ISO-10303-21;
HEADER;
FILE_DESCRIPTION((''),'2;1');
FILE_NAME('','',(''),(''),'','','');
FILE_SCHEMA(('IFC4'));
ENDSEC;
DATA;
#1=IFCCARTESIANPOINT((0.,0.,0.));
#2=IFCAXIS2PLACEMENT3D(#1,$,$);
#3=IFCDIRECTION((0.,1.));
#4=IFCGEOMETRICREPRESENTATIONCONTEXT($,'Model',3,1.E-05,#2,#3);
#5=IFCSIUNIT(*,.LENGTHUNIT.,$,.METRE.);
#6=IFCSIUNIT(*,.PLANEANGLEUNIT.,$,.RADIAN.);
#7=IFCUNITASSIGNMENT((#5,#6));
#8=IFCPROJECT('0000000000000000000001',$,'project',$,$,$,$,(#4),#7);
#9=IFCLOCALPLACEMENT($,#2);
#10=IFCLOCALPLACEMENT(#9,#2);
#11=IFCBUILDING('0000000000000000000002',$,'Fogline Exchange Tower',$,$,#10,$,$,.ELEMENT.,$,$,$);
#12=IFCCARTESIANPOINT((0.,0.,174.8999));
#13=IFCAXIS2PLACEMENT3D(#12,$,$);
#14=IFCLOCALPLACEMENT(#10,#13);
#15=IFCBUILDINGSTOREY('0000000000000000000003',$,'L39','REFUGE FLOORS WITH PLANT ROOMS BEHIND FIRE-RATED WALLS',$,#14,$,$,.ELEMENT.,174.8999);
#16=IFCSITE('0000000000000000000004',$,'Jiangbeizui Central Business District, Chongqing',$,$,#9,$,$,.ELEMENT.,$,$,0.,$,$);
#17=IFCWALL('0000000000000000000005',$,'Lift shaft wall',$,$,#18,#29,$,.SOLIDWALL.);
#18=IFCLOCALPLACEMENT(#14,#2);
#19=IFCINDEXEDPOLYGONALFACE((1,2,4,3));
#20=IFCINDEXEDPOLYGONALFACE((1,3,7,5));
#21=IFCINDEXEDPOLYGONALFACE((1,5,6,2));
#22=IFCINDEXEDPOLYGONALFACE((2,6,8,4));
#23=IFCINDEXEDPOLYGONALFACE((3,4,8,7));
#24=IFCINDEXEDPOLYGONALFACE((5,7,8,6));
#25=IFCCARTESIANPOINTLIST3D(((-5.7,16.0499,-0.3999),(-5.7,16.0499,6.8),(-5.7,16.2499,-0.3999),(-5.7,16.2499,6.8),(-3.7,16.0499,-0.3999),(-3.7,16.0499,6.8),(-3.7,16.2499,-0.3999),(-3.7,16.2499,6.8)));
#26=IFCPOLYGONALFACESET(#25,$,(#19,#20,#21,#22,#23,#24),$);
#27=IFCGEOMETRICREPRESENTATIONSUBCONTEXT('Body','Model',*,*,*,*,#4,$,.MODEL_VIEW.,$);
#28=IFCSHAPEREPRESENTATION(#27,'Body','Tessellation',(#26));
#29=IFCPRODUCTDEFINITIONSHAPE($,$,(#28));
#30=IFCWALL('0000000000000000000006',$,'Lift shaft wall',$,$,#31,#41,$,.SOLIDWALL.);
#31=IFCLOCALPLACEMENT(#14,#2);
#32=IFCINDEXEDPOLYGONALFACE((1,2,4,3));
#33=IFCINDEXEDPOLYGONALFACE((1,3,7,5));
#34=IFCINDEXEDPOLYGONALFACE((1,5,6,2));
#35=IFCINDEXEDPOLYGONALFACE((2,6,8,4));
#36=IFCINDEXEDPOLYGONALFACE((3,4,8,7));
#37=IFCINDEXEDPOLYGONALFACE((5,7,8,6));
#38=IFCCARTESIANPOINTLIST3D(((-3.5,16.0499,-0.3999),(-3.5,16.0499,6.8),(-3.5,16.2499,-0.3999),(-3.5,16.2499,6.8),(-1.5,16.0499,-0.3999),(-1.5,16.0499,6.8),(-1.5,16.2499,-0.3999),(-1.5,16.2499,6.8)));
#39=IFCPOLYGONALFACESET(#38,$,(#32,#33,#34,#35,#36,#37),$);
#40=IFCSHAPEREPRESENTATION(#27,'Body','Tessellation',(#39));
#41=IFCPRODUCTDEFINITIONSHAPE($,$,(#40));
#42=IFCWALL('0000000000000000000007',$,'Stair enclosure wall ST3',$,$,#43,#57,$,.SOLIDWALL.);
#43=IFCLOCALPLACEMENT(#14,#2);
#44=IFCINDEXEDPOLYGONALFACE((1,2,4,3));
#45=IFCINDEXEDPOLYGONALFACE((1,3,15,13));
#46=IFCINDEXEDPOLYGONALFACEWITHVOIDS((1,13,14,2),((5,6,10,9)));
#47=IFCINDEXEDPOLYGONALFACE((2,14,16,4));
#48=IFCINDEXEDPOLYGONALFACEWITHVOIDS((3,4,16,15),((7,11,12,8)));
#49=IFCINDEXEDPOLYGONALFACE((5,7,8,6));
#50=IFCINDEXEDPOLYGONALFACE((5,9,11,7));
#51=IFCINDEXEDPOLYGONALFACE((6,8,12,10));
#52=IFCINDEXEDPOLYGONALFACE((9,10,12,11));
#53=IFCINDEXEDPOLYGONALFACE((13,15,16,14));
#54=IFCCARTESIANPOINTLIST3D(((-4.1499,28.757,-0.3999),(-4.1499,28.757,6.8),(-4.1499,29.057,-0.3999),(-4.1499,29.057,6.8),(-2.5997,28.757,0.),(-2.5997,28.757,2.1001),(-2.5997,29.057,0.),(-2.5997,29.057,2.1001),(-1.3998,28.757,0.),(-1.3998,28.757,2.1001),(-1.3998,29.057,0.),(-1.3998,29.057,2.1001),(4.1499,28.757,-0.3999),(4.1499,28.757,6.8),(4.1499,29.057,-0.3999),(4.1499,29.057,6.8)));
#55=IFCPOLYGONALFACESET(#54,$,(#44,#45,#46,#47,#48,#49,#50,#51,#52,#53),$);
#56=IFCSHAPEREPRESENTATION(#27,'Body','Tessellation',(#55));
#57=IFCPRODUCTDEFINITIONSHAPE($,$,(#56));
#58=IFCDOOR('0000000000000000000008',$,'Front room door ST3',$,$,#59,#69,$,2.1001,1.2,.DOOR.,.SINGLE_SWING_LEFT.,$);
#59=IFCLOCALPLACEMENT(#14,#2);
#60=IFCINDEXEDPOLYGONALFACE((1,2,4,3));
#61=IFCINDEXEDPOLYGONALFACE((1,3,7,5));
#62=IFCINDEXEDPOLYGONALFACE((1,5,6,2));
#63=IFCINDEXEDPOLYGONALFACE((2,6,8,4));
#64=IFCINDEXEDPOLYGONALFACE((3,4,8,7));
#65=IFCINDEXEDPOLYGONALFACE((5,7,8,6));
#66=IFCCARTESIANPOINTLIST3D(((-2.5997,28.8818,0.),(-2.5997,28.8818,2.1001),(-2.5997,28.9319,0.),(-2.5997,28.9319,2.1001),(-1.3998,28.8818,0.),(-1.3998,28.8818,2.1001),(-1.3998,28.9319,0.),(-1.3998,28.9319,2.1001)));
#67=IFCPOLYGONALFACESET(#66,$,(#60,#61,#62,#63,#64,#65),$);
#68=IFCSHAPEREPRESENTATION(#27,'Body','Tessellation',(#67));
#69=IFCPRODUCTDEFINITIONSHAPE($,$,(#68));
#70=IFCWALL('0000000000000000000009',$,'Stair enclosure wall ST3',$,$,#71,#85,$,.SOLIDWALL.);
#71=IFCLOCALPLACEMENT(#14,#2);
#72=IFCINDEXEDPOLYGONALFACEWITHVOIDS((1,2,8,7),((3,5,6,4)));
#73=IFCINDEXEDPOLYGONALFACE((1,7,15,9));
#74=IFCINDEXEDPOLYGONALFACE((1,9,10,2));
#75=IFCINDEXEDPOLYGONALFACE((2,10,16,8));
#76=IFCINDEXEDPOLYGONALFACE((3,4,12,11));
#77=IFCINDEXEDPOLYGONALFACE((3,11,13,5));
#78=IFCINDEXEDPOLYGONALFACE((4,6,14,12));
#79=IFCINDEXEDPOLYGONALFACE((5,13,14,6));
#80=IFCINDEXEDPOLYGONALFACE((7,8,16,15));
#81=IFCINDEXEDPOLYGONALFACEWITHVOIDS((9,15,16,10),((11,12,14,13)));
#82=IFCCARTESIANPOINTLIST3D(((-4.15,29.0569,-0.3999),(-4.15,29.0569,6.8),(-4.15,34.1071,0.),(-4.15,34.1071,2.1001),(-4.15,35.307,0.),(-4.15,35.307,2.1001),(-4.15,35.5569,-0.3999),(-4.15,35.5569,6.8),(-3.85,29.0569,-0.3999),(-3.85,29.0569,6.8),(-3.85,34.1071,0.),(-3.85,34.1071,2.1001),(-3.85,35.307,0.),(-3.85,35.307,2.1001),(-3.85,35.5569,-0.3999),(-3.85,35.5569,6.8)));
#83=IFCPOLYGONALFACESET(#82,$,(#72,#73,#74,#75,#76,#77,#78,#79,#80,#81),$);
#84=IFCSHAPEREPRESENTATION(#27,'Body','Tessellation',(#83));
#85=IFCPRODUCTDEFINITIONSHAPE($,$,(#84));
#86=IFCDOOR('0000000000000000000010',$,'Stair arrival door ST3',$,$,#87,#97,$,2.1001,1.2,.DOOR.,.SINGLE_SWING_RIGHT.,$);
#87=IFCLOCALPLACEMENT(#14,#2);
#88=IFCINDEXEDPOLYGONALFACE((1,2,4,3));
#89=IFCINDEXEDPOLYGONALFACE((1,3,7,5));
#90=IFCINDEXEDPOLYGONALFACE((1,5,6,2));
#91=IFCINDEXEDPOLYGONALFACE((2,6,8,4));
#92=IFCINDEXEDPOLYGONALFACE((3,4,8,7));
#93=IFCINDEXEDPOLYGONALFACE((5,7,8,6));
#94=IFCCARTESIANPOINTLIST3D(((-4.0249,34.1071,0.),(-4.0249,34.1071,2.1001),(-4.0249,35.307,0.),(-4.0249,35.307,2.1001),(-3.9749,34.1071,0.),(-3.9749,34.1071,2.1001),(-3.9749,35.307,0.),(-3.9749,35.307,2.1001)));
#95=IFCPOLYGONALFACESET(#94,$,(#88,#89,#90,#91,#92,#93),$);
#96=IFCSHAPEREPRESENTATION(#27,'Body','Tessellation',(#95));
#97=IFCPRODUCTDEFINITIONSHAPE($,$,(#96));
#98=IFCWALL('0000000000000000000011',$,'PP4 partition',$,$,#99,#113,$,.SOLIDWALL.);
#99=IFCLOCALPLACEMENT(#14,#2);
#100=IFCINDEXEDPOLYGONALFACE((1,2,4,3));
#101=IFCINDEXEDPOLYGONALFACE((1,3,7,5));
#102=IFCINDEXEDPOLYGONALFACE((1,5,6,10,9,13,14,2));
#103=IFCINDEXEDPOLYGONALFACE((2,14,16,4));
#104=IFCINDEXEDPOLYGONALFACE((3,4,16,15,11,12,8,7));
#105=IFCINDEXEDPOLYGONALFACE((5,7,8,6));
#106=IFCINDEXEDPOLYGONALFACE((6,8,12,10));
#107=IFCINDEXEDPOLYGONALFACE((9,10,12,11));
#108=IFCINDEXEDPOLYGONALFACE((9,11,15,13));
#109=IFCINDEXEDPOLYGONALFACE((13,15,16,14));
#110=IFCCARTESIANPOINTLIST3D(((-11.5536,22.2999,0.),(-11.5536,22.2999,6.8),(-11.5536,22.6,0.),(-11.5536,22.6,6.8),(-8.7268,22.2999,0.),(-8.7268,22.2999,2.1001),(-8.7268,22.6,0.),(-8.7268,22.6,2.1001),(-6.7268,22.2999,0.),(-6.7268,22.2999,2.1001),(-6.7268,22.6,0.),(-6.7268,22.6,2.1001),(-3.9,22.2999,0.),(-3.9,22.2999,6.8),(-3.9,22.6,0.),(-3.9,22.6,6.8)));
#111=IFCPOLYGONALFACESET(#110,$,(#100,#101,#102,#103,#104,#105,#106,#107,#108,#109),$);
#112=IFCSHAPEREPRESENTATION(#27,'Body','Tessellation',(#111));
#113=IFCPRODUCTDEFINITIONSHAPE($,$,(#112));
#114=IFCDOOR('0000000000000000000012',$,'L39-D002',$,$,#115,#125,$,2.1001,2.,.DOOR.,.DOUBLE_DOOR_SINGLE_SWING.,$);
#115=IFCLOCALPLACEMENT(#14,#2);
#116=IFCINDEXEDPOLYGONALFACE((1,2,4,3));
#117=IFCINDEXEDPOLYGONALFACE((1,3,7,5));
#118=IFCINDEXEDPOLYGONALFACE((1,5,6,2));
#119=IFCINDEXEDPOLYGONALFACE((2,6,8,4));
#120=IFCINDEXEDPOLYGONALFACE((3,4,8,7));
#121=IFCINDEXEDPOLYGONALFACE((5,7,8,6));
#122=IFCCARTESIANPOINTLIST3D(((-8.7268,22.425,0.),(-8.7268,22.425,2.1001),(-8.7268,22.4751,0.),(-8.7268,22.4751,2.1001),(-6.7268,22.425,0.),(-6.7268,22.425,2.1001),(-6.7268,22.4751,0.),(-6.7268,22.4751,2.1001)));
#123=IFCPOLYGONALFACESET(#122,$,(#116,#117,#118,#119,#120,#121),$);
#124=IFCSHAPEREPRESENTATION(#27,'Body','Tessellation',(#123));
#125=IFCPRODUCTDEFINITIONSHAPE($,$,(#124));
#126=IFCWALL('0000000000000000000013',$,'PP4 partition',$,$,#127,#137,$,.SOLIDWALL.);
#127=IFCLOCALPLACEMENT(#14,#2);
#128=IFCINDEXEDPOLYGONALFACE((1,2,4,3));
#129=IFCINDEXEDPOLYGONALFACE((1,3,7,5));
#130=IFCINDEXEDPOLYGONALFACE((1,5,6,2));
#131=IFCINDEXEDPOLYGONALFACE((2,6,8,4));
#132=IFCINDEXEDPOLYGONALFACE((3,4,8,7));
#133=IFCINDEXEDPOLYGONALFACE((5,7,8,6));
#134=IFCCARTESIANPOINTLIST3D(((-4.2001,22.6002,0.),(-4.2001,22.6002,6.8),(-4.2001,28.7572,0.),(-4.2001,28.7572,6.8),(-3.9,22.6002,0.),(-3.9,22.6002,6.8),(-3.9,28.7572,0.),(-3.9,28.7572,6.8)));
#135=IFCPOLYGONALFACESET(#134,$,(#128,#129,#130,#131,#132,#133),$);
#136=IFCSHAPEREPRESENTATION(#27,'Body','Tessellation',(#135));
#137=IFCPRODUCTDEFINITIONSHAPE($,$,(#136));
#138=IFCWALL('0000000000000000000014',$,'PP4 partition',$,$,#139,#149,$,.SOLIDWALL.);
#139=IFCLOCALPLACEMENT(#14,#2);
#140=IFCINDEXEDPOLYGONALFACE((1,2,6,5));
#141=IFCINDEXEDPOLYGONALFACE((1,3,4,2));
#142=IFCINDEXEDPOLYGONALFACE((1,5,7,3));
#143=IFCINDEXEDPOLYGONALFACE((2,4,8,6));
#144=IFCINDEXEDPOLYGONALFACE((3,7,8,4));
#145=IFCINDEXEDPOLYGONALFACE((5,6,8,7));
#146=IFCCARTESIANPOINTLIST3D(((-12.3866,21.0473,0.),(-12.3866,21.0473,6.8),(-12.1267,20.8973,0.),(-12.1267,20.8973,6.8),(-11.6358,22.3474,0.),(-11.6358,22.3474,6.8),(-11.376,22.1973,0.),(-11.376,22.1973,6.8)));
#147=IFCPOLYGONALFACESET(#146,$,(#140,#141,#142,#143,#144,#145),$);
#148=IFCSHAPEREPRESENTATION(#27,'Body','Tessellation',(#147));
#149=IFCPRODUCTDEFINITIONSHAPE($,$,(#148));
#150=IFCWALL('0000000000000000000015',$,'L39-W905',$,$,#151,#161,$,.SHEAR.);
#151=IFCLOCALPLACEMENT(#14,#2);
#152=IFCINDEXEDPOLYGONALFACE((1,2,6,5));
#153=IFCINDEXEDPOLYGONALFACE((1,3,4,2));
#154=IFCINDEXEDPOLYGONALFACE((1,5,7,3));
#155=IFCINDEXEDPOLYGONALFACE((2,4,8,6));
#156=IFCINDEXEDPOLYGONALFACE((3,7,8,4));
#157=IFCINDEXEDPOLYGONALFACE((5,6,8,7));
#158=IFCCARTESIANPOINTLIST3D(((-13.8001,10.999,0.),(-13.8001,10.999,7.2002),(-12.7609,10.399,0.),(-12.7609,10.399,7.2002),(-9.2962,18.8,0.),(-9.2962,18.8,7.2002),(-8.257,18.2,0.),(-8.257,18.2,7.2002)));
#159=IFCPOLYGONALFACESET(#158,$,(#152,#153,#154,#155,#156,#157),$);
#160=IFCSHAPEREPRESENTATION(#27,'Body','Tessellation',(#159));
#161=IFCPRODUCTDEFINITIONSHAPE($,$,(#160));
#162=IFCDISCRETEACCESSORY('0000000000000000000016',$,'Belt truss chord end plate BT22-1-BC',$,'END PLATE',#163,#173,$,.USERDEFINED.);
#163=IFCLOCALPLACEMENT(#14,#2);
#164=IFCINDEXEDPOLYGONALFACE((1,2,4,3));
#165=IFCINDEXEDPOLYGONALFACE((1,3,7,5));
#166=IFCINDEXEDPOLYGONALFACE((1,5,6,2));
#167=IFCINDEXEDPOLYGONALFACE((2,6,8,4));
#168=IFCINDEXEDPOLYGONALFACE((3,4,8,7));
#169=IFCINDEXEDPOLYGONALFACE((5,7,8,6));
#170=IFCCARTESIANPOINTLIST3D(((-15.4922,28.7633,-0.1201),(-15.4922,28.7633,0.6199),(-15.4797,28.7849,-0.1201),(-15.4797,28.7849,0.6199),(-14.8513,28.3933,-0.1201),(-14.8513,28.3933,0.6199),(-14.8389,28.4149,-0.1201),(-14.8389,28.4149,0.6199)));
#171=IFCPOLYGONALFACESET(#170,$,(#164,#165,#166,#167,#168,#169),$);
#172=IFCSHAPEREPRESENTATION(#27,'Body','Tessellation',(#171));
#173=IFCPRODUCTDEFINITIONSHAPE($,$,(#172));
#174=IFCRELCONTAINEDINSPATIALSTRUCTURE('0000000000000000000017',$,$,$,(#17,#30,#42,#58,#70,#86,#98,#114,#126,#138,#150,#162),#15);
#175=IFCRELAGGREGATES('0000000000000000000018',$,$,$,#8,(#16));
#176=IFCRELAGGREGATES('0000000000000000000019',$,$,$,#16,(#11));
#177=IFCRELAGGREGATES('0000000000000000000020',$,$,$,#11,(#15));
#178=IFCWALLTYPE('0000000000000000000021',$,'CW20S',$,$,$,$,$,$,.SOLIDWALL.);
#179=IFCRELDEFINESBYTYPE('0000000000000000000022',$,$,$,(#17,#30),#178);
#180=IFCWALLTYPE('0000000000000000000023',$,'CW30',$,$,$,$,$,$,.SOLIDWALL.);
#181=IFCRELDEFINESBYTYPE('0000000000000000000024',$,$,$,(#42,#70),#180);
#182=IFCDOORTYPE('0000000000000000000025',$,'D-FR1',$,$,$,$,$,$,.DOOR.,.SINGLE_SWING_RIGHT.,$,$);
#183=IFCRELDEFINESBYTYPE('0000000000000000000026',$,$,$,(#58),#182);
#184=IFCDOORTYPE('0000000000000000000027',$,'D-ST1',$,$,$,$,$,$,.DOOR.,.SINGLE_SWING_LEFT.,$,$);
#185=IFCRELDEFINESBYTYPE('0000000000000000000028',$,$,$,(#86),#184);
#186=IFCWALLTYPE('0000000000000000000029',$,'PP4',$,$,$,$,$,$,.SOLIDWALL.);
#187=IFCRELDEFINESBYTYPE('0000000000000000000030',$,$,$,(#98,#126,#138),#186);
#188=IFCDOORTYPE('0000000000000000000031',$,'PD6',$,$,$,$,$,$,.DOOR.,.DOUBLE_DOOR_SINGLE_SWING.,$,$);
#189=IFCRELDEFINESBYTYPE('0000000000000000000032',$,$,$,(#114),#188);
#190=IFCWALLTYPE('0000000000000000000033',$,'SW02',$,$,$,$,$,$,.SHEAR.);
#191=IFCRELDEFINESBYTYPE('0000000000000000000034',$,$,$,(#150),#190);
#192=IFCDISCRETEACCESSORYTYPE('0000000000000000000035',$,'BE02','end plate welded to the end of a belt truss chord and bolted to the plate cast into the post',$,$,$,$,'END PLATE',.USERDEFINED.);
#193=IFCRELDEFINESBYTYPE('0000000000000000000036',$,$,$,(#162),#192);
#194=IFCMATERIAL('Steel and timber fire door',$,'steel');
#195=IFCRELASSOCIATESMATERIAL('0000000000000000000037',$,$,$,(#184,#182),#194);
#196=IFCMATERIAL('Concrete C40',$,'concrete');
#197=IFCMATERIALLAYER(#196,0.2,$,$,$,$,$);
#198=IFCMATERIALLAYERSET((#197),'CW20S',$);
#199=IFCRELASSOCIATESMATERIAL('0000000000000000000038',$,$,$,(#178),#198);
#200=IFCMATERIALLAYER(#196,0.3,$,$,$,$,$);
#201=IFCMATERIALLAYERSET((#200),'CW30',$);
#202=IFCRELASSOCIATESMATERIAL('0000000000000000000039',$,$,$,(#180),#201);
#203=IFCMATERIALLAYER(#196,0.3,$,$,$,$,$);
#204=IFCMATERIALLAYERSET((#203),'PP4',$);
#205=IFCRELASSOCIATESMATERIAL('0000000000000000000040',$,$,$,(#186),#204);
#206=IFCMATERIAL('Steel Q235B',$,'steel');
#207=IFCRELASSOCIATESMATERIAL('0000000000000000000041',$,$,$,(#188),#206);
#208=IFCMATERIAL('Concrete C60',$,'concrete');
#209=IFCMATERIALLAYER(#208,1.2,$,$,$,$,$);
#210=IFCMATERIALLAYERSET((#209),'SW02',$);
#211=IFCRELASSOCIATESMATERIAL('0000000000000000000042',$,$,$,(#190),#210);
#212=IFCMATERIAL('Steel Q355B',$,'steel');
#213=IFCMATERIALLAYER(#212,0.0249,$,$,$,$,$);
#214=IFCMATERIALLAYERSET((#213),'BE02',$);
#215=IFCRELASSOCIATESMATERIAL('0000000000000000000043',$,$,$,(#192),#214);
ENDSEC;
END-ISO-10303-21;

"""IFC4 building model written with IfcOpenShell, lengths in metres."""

from ifc_helpers import new_model, si_unit, direction, frame, frame_2d, origin, origin_2d, place, context, subcontext, project, spatial, rectangle, extrude, material, layer, layer_set, type_object, element, fill, save


model = new_model("IFC4")

# Units and contexts
model_context = context("Model", 3, precision=1e-05, world=origin(), true_north=direction((0.0, 1.0)))
body_context = subcontext(model_context, "Body", "Model", "MODEL_VIEW")
ifc_project = project(units=[si_unit("LENGTHUNIT", "METRE"), si_unit("PLANEANGLEUNIT", "RADIAN")], contexts=[model_context])

# Site, building, storey
site_placement = place(None, origin())
site = spatial("IfcSite", under=ifc_project, at=site_placement, Name="Jiangbeizui Central Business District, Chongqing", CompositionType="ELEMENT", RefElevation=0.0)
building_placement = place(site_placement, origin())
building = spatial("IfcBuilding", under=site, at=building_placement, Name="Fogline Exchange Tower", CompositionType="ELEMENT")
storey_placement = place(building_placement, frame((0.0, 0.0, 174.8999)))
storey = spatial("IfcBuildingStorey", under=building, at=storey_placement, Name="L39", Description="REFUGE FLOORS WITH PLANT ROOMS BEHIND FIRE-RATED WALLS", CompositionType="ELEMENT", Elevation=174.8999)

# Shared definitions
ifc_material_1 = material(Name="Concrete C60", Category="concrete")

# Shared definitions
ifc_material_2 = material(Name="Concrete C40", Category="concrete")

# Shared definitions
ifc_material_3 = material(Name="Steel Q355B", Category="steel")

# Shared definitions
ifc_material_4 = material(Name="Steel and timber fire door", Category="steel")
door_type_1 = type_object("IfcDoorType", Name="D-ST1", OperationType="SINGLE_SWING_LEFT", PredefinedType="DOOR", material=ifc_material_4)

# Walls
ifc_layer_1 = layer(ifc_material_2, 0.2)
ifc_layer_set_1 = layer_set([ifc_layer_1], Name="CW20S")
wall_type_1 = type_object("IfcWallType", Name="CW20S", PredefinedType="SOLIDWALL", material=ifc_layer_set_1)
for number, where, z_axis, x_axis, name in (
    (1, (-5.7, 16.1499, -0.3999), (0.0, 0.0, 1.0), (1.0, 0.0, 0.0), "Lift shaft wall"),
    (2, (-3.5, 16.1499, -0.3999), (0.0, 0.0, 1.0), (1.0, 0.0, 0.0), "Lift shaft wall"),
):
    element("IfcWall", number, at=place(storey_placement, frame(where, z_axis=z_axis, x_axis=x_axis)), inside=storey, type_object=wall_type_1, Name=name, PredefinedType="SOLIDWALL", context=body_context, shape_type="SweptSolid", body=[
        extrude(rectangle(XDim=2.0, YDim=0.2, at=frame_2d((1.0, 0.0))), origin(), (0.0, 0.0, 1.0), 7.2),
    ])

# Walls, openings, doors
ifc_layer_2 = layer(ifc_material_2, 0.3)
ifc_layer_set_2 = layer_set([ifc_layer_2], Name="CW30")
wall_type_2 = type_object("IfcWallType", Name="CW30", PredefinedType="SOLIDWALL", material=ifc_layer_set_2)
wall_1_placement = place(storey_placement, frame((-4.1499, 28.907, -0.3999), z_axis=(0.0, 0.0, 1.0), x_axis=(1.0, 0.0, 0.0)))
wall_1 = element("IfcWall", 3, at=wall_1_placement, inside=storey, type_object=wall_type_2, Name="Stair enclosure wall ST3", PredefinedType="SOLIDWALL", context=body_context, shape_type="SweptSolid", body=[
    extrude(rectangle(XDim=8.2998, YDim=0.3, at=frame_2d((4.1499, 0.0))), origin(), (0.0, 0.0, 1.0), 7.2),
])
opening_1_placement = place(wall_1_placement, frame((1.55, 0.0, 0.3999)))
opening_1 = element("IfcOpeningElement", 4, at=opening_1_placement, cuts=wall_1, PredefinedType="OPENING", context=body_context, shape_type="SweptSolid", body=[
    extrude(rectangle(XDim=1.2, YDim=2.1001, at=frame_2d((0.6001, 1.05))), frame((0.0, 0.1602, 0.0), z_axis=(0.0, -1.0, 0.0), x_axis=(1.0, 0.0, 0.0)), (0.0, 0.0, 1.0), 0.3201),
])
door_type_2 = type_object("IfcDoorType", Name="D-FR1", OperationType="SINGLE_SWING_RIGHT", PredefinedType="DOOR", material=ifc_material_4)
door_1_placement = place(opening_1_placement, origin())
door_1 = element("IfcDoor", 5, at=door_1_placement, inside=storey, type_object=door_type_2, Name="Front room door ST3", OperationType="SINGLE_SWING_LEFT", OverallHeight=2.1001, OverallWidth=1.2, PredefinedType="DOOR", context=body_context, shape_type="SweptSolid", body=[
    extrude(rectangle(XDim=1.2, YDim=2.1001, at=frame_2d((0.6001, 1.05))), frame((0.0, 0.0249, 0.0), z_axis=(0.0, -1.0, 0.0), x_axis=(1.0, 0.0, 0.0)), (0.0, 0.0, 1.0), 0.05),
])
fill(opening_1, door_1)
wall_2_placement = place(storey_placement, frame((-4.0, 29.0569, -0.3999), z_axis=(0.0, 0.0, 1.0), x_axis=(0.0, 1.0, 0.0)))
wall_2 = element("IfcWall", 6, at=wall_2_placement, inside=storey, type_object=wall_type_2, Name="Stair enclosure wall ST3", PredefinedType="SOLIDWALL", context=body_context, shape_type="SweptSolid", body=[
    extrude(rectangle(XDim=6.5, YDim=0.3, at=frame_2d((3.25, 0.0))), origin(), (0.0, 0.0, 1.0), 7.2),
])
opening_2_placement = place(wall_2_placement, frame((5.05, 0.0, 0.3999)))
opening_2 = element("IfcOpeningElement", 7, at=opening_2_placement, cuts=wall_2, PredefinedType="OPENING", context=body_context, shape_type="SweptSolid", body=[
    extrude(rectangle(XDim=1.2, YDim=2.1001, at=frame_2d((0.6001, 1.05))), frame((0.0, 0.1602, 0.0), z_axis=(0.0, -1.0, 0.0), x_axis=(1.0, 0.0, 0.0)), (0.0, 0.0, 1.0), 0.3201),
])
door_2_placement = place(opening_2_placement, origin())
door_2 = element("IfcDoor", 8, at=door_2_placement, inside=storey, type_object=door_type_1, Name="Stair arrival door ST3", OperationType="SINGLE_SWING_RIGHT", OverallHeight=2.1001, OverallWidth=1.2, PredefinedType="DOOR", context=body_context, shape_type="SweptSolid", body=[
    extrude(rectangle(XDim=1.2, YDim=2.1001, at=frame_2d((0.6001, 1.05))), frame((0.0, 0.0249, 0.0), z_axis=(0.0, -1.0, 0.0), x_axis=(1.0, 0.0, 0.0)), (0.0, 0.0, 1.0), 0.05),
])
fill(opening_2, door_2)
ifc_layer_3 = layer(ifc_material_2, 0.3)
ifc_layer_set_3 = layer_set([ifc_layer_3], Name="PP4")
wall_type_3 = type_object("IfcWallType", Name="PP4", PredefinedType="SOLIDWALL", material=ifc_layer_set_3)
wall_3_placement = place(storey_placement, frame((-11.5535, 22.45, 0.0), z_axis=(0.0, 0.0, 1.0), x_axis=(1.0, 0.0, 0.0)))
wall_3 = element("IfcWall", 9, at=wall_3_placement, inside=storey, type_object=wall_type_3, Name="PP4 partition", PredefinedType="SOLIDWALL", context=body_context, shape_type="SweptSolid", body=[
    extrude(rectangle(XDim=7.6536, YDim=0.3, at=frame_2d((3.8267, 0.0))), origin(), (0.0, 0.0, 1.0), 6.8),
])
opening_3_placement = place(wall_3_placement, frame((2.8267, 0.0, 0.0)))
opening_3 = element("IfcOpeningElement", 10, at=opening_3_placement, cuts=wall_3, PredefinedType="OPENING", context=body_context, shape_type="SweptSolid", body=[
    extrude(rectangle(XDim=2.0, YDim=2.1001, at=frame_2d((1.0, 1.05))), frame((0.0, 0.1602, 0.0), z_axis=(0.0, -1.0, 0.0), x_axis=(1.0, 0.0, 0.0)), (0.0, 0.0, 1.0), 0.3201),
])
ifc_material_5 = material(Name="Steel Q235B", Category="steel")
door_type_3 = type_object("IfcDoorType", Name="PD6", OperationType="DOUBLE_DOOR_SINGLE_SWING", PredefinedType="DOOR", material=ifc_material_5)
door_3_placement = place(opening_3_placement, frame((2.0, 0.0, 0.0), z_axis=(0.0, 0.0, 1.0), x_axis=(-1.0, 0.0, 0.0)))
door_3 = element("IfcDoor", 11, at=door_3_placement, inside=storey, type_object=door_type_3, Name="L39-D002", OperationType="DOUBLE_DOOR_SINGLE_SWING", OverallHeight=2.1001, OverallWidth=2.0, PredefinedType="DOOR", context=body_context, shape_type="SweptSolid", body=[
    extrude(rectangle(XDim=2.0, YDim=2.1001, at=frame_2d((1.0, 1.05))), frame((0.0, 0.0249, 0.0), z_axis=(0.0, -1.0, 0.0), x_axis=(1.0, 0.0, 0.0)), (0.0, 0.0, 1.0), 0.05),
])
fill(opening_3, door_3)

# Walls
wall_4_placement = place(storey_placement, frame((-4.05, 22.6001, 0.0), z_axis=(0.0, 0.0, 1.0), x_axis=(0.0, 1.0, 0.0)))
element("IfcWall", 12, at=wall_4_placement, inside=storey, type_object=wall_type_3, Name="PP4 partition", PredefinedType="SOLIDWALL", context=body_context, shape_type="SweptSolid", body=[
    extrude(rectangle(XDim=6.157, YDim=0.3, at=frame_2d((3.0786, 0.0))), origin(), (0.0, 0.0, 1.0), 6.8),
])
wall_5_placement = place(storey_placement, frame((-12.2566, 20.9724, 0.0), z_axis=(0.0, 0.0, 1.0), x_axis=(0.500074, 0.865982, 0.0)))
element("IfcWall", 13, at=wall_5_placement, inside=storey, type_object=wall_type_3, Name="PP4 partition", PredefinedType="SOLIDWALL", context=body_context, shape_type="SweptSolid", body=[
    extrude(rectangle(XDim=1.5012, YDim=0.3, at=frame_2d((0.7505, 0.0))), origin(), (0.0, 0.0, 1.0), 6.8),
])
ifc_layer_4 = layer(ifc_material_1, 1.2)
ifc_layer_set_4 = layer_set([ifc_layer_4], Name="SW02")
wall_type_4 = type_object("IfcWallType", Name="SW02", PredefinedType="SHEAR", material=ifc_layer_set_4)
wall_6_placement = place(storey_placement, frame((-8.7766, 18.5, 0.0), z_axis=(0.0, 0.0, 1.0), x_axis=(-0.499999, -0.866026, 0.0)))
element("IfcWall", 14, at=wall_6_placement, inside=storey, type_object=wall_type_4, Name="L39-W905", PredefinedType="SHEAR", context=body_context, shape_type="SweptSolid", body=[
    extrude(rectangle(XDim=9.0078, YDim=1.2, at=frame_2d((4.5039, 0.0))), origin(), (0.0, 0.0, 1.0), 7.2002),
])

# Discrete accessory
ifc_layer_5 = layer(ifc_material_3, 0.0249)
ifc_layer_set_5 = layer_set([ifc_layer_5], Name="BE02")
discrete_accessory_type = type_object("IfcDiscreteAccessoryType", Name="BE02", Description="end plate welded to the end of a belt truss chord and bolted to the plate cast into the post", ElementType="END PLATE", PredefinedType="USERDEFINED", material=ifc_layer_set_5)
for number, where, z_axis, x_axis, name in (
    (15, (-15.1655, 28.5891, -0.1201), (0.0, 0.0, 1.0), (-0.5, -0.866025, 0.0), "Belt truss chord end plate BT22-1-BC"),
):
    element("IfcDiscreteAccessory", number, at=place(storey_placement, frame(where, z_axis=z_axis, x_axis=x_axis)), inside=storey, type_object=discrete_accessory_type, Name=name, ObjectType="END PLATE", PredefinedType="USERDEFINED", context=body_context, shape_type="SweptSolid", body=[
        extrude(rectangle(XDim=0.0249, YDim=0.74, at=origin_2d()), origin(), (0.0, 0.0, 1.0), 0.74),
    ])

save(model, "model.ifc")
